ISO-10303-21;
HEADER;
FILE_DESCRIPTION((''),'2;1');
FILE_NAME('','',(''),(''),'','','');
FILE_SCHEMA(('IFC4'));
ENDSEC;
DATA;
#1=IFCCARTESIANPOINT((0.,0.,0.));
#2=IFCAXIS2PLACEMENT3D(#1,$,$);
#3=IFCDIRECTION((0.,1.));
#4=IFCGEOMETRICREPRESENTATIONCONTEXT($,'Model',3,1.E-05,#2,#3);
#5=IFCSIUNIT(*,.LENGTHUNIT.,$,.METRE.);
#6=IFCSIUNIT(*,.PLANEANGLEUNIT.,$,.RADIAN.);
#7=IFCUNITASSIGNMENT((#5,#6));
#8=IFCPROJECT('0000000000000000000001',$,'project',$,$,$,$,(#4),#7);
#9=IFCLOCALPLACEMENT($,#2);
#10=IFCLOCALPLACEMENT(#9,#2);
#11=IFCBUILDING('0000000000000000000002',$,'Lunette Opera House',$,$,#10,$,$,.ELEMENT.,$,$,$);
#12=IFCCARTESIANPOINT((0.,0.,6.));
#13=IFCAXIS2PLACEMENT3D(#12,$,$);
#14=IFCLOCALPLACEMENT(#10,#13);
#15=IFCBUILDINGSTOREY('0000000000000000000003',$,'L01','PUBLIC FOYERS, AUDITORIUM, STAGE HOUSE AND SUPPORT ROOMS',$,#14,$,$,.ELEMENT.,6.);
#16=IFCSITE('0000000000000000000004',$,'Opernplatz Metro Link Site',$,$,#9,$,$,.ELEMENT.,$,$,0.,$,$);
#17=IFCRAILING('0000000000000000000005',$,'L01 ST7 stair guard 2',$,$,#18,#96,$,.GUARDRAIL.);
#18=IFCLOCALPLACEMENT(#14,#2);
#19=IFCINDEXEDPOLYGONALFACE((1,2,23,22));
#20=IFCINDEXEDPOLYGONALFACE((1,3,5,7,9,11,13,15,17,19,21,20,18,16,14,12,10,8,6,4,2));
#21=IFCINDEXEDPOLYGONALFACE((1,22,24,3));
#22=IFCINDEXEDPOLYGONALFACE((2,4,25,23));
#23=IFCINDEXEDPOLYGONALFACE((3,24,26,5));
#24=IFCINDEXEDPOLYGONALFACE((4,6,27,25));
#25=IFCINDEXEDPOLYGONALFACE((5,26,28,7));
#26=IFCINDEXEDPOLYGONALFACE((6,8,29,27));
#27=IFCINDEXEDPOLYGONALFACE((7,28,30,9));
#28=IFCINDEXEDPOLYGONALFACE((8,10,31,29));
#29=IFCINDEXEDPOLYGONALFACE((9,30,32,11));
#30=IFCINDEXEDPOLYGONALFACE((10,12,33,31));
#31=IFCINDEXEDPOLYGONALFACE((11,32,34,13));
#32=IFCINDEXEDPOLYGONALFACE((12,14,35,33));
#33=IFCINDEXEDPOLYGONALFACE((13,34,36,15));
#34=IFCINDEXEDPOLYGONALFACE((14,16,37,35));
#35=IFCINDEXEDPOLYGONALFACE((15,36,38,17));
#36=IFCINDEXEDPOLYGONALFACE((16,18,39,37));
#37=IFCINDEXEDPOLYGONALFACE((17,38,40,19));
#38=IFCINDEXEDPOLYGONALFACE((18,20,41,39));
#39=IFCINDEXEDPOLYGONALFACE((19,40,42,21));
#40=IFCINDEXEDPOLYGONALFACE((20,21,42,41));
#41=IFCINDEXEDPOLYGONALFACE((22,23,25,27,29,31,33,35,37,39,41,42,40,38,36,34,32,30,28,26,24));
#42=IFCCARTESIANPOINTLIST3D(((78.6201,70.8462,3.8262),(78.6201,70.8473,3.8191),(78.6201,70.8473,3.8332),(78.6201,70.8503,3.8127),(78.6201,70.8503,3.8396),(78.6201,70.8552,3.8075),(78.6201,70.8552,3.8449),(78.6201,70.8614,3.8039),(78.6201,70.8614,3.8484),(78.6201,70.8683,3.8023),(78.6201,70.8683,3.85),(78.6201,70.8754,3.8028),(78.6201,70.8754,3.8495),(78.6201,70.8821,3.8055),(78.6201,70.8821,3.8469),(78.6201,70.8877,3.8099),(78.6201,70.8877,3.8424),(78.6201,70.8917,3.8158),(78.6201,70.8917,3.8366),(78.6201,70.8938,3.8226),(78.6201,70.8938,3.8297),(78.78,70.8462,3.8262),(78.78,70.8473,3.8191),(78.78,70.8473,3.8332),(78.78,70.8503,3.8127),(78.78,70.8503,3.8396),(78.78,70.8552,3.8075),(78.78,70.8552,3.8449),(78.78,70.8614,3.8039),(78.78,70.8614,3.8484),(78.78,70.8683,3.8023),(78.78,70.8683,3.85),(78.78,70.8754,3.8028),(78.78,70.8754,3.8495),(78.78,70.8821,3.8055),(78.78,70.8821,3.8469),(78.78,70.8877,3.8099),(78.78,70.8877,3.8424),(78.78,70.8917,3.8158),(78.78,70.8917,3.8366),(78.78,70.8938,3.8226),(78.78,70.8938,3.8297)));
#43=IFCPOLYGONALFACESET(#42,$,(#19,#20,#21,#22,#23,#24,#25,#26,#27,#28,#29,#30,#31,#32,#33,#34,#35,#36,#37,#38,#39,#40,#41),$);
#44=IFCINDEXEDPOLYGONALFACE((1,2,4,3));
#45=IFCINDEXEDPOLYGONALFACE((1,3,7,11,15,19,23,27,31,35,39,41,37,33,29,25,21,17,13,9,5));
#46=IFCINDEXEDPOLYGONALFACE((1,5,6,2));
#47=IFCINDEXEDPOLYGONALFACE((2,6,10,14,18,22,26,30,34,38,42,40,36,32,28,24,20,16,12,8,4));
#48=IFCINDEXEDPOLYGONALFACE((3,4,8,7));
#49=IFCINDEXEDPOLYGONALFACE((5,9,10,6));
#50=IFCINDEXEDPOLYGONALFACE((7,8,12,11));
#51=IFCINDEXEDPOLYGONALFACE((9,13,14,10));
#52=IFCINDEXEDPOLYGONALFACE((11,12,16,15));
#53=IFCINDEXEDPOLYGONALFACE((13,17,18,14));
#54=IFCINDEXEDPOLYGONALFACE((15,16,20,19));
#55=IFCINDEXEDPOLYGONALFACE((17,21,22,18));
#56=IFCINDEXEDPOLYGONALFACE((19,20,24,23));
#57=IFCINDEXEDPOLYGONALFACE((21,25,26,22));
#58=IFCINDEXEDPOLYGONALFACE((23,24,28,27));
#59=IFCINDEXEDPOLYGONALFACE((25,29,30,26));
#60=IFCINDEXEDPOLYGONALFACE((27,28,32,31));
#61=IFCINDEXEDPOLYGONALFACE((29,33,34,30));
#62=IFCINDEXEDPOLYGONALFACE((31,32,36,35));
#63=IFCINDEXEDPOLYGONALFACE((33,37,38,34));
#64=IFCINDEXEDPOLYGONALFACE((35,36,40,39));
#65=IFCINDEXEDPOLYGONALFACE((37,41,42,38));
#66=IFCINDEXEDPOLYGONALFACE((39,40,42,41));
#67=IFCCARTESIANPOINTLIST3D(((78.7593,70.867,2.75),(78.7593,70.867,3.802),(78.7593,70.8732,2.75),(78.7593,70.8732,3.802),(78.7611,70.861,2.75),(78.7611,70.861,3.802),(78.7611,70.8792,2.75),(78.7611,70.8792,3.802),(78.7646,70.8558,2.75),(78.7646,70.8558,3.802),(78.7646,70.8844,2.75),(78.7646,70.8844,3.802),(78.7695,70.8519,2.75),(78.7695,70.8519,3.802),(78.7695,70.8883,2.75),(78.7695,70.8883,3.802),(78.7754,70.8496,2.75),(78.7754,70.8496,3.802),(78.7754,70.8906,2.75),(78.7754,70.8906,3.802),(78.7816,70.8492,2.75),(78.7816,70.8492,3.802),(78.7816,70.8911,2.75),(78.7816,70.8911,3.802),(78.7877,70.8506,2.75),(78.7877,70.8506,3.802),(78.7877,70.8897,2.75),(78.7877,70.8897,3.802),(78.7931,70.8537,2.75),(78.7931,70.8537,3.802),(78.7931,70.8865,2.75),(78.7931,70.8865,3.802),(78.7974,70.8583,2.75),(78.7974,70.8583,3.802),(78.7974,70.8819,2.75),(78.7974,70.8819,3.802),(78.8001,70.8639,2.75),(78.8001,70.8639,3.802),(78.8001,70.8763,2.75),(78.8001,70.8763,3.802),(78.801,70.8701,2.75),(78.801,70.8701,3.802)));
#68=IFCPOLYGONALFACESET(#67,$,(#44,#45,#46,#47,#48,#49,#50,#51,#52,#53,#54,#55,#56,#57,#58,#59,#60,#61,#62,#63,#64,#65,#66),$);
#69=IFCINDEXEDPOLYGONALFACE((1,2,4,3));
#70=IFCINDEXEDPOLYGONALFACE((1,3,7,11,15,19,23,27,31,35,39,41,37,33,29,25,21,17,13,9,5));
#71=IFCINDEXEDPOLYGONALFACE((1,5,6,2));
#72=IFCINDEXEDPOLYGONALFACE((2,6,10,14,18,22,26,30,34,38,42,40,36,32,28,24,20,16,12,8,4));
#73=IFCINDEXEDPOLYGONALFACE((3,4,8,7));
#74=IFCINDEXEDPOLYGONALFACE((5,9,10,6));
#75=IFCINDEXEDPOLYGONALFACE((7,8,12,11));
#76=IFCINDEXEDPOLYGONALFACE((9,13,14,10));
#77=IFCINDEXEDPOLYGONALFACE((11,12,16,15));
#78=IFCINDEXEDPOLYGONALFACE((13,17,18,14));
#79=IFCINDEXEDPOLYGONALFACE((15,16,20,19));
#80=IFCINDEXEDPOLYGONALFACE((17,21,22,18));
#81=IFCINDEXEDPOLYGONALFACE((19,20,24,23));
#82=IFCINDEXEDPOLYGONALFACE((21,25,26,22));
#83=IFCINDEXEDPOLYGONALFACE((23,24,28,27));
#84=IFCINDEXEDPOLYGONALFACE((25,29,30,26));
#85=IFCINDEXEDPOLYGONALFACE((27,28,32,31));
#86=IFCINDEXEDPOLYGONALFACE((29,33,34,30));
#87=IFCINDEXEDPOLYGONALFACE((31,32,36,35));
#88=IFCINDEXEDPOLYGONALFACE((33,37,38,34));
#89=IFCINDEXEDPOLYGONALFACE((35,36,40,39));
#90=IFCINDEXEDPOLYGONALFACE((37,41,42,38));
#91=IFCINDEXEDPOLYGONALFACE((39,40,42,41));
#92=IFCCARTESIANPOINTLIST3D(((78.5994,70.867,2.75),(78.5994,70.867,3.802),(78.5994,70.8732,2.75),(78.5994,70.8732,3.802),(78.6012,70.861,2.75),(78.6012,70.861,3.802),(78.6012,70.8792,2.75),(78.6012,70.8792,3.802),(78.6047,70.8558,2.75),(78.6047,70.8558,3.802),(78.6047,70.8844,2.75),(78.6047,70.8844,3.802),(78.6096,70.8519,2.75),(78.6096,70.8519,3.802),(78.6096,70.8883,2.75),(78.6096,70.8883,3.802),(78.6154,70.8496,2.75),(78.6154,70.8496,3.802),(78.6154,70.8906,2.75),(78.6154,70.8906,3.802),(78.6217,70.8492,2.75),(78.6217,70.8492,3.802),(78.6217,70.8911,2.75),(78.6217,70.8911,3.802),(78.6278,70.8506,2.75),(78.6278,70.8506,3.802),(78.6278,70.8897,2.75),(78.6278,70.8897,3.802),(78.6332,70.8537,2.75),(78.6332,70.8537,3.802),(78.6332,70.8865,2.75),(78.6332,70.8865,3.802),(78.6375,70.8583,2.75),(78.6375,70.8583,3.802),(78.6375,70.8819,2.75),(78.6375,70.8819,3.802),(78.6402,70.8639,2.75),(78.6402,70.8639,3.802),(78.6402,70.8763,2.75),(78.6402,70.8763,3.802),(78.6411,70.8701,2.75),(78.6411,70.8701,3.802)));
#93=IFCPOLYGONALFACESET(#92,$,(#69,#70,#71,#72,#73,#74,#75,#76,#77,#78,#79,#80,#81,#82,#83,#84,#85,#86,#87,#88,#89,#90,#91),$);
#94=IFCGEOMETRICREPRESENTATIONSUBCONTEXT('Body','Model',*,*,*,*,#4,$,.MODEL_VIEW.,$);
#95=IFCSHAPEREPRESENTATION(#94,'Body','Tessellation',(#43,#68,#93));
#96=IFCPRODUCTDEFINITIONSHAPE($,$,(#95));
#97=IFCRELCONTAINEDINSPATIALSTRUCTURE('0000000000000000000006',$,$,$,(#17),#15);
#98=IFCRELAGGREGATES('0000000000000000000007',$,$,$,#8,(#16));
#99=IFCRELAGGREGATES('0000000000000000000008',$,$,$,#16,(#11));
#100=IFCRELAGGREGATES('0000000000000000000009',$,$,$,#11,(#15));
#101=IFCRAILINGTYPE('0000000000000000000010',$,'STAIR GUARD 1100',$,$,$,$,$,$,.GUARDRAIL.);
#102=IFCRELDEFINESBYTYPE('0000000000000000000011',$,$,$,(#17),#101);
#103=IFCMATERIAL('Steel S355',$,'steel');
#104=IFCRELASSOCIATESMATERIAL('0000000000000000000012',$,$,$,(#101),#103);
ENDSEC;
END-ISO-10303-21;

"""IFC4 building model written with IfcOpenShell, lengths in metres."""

from ifc_helpers import new_model, si_unit, direction, frame, origin, origin_2d, place, context, subcontext, project, spatial, circle, extrude, material, type_object, element, save


model = new_model("IFC4")

# Units and contexts
model_context = context("Model", 3, precision=1e-05, world=origin(), true_north=direction((0.0, 1.0)))
body_context = subcontext(model_context, "Body", "Model", "MODEL_VIEW")
ifc_project = project(units=[si_unit("LENGTHUNIT", "METRE"), si_unit("PLANEANGLEUNIT", "RADIAN")], contexts=[model_context])

# Site, building, storey
site_placement = place(None, origin())
site = spatial("IfcSite", under=ifc_project, at=site_placement, Name="Opernplatz Metro Link Site", CompositionType="ELEMENT", RefElevation=0.0)
building_placement = place(site_placement, origin())
building = spatial("IfcBuilding", under=site, at=building_placement, Name="Lunette Opera House", CompositionType="ELEMENT")
storey_placement = place(building_placement, frame((0.0, 0.0, 6.0)))
storey = spatial("IfcBuildingStorey", under=building, at=storey_placement, Name="L01", Description="PUBLIC FOYERS, AUDITORIUM, STAGE HOUSE AND SUPPORT ROOMS", CompositionType="ELEMENT", Elevation=6.0)

# Railing
ifc_material_1 = material(Name="Steel S355", Category="steel")
railing_type_1 = type_object("IfcRailingType", Name="STAIR GUARD 1100", PredefinedType="GUARDRAIL", material=ifc_material_1)
railing_1_placement = place(storey_placement, frame((78.78, 70.8701, 2.75)))
element("IfcRailing", 1, at=railing_1_placement, inside=storey, type_object=railing_type_1, Name="L01 ST7 stair guard 2", PredefinedType="GUARDRAIL", context=body_context, shape_type="SweptSolid", body=[
    extrude(circle(Radius=0.0239, at=origin_2d()), frame((0.0, 0.0, 1.0762), z_axis=(-1.0, 0.0, 0.0), x_axis=(0.0, -1.0, 0.0)), (0.0, 0.0, 1.0), 0.1599),
    extrude(circle(Radius=0.021, at=origin_2d()), origin(), (0.0, 0.0, 1.0), 1.052),
    extrude(circle(Radius=0.021, at=origin_2d()), frame((-0.1599, 0.0, 0.0)), (0.0, 0.0, 1.0), 1.052),
])

save(model, "model.ifc")
